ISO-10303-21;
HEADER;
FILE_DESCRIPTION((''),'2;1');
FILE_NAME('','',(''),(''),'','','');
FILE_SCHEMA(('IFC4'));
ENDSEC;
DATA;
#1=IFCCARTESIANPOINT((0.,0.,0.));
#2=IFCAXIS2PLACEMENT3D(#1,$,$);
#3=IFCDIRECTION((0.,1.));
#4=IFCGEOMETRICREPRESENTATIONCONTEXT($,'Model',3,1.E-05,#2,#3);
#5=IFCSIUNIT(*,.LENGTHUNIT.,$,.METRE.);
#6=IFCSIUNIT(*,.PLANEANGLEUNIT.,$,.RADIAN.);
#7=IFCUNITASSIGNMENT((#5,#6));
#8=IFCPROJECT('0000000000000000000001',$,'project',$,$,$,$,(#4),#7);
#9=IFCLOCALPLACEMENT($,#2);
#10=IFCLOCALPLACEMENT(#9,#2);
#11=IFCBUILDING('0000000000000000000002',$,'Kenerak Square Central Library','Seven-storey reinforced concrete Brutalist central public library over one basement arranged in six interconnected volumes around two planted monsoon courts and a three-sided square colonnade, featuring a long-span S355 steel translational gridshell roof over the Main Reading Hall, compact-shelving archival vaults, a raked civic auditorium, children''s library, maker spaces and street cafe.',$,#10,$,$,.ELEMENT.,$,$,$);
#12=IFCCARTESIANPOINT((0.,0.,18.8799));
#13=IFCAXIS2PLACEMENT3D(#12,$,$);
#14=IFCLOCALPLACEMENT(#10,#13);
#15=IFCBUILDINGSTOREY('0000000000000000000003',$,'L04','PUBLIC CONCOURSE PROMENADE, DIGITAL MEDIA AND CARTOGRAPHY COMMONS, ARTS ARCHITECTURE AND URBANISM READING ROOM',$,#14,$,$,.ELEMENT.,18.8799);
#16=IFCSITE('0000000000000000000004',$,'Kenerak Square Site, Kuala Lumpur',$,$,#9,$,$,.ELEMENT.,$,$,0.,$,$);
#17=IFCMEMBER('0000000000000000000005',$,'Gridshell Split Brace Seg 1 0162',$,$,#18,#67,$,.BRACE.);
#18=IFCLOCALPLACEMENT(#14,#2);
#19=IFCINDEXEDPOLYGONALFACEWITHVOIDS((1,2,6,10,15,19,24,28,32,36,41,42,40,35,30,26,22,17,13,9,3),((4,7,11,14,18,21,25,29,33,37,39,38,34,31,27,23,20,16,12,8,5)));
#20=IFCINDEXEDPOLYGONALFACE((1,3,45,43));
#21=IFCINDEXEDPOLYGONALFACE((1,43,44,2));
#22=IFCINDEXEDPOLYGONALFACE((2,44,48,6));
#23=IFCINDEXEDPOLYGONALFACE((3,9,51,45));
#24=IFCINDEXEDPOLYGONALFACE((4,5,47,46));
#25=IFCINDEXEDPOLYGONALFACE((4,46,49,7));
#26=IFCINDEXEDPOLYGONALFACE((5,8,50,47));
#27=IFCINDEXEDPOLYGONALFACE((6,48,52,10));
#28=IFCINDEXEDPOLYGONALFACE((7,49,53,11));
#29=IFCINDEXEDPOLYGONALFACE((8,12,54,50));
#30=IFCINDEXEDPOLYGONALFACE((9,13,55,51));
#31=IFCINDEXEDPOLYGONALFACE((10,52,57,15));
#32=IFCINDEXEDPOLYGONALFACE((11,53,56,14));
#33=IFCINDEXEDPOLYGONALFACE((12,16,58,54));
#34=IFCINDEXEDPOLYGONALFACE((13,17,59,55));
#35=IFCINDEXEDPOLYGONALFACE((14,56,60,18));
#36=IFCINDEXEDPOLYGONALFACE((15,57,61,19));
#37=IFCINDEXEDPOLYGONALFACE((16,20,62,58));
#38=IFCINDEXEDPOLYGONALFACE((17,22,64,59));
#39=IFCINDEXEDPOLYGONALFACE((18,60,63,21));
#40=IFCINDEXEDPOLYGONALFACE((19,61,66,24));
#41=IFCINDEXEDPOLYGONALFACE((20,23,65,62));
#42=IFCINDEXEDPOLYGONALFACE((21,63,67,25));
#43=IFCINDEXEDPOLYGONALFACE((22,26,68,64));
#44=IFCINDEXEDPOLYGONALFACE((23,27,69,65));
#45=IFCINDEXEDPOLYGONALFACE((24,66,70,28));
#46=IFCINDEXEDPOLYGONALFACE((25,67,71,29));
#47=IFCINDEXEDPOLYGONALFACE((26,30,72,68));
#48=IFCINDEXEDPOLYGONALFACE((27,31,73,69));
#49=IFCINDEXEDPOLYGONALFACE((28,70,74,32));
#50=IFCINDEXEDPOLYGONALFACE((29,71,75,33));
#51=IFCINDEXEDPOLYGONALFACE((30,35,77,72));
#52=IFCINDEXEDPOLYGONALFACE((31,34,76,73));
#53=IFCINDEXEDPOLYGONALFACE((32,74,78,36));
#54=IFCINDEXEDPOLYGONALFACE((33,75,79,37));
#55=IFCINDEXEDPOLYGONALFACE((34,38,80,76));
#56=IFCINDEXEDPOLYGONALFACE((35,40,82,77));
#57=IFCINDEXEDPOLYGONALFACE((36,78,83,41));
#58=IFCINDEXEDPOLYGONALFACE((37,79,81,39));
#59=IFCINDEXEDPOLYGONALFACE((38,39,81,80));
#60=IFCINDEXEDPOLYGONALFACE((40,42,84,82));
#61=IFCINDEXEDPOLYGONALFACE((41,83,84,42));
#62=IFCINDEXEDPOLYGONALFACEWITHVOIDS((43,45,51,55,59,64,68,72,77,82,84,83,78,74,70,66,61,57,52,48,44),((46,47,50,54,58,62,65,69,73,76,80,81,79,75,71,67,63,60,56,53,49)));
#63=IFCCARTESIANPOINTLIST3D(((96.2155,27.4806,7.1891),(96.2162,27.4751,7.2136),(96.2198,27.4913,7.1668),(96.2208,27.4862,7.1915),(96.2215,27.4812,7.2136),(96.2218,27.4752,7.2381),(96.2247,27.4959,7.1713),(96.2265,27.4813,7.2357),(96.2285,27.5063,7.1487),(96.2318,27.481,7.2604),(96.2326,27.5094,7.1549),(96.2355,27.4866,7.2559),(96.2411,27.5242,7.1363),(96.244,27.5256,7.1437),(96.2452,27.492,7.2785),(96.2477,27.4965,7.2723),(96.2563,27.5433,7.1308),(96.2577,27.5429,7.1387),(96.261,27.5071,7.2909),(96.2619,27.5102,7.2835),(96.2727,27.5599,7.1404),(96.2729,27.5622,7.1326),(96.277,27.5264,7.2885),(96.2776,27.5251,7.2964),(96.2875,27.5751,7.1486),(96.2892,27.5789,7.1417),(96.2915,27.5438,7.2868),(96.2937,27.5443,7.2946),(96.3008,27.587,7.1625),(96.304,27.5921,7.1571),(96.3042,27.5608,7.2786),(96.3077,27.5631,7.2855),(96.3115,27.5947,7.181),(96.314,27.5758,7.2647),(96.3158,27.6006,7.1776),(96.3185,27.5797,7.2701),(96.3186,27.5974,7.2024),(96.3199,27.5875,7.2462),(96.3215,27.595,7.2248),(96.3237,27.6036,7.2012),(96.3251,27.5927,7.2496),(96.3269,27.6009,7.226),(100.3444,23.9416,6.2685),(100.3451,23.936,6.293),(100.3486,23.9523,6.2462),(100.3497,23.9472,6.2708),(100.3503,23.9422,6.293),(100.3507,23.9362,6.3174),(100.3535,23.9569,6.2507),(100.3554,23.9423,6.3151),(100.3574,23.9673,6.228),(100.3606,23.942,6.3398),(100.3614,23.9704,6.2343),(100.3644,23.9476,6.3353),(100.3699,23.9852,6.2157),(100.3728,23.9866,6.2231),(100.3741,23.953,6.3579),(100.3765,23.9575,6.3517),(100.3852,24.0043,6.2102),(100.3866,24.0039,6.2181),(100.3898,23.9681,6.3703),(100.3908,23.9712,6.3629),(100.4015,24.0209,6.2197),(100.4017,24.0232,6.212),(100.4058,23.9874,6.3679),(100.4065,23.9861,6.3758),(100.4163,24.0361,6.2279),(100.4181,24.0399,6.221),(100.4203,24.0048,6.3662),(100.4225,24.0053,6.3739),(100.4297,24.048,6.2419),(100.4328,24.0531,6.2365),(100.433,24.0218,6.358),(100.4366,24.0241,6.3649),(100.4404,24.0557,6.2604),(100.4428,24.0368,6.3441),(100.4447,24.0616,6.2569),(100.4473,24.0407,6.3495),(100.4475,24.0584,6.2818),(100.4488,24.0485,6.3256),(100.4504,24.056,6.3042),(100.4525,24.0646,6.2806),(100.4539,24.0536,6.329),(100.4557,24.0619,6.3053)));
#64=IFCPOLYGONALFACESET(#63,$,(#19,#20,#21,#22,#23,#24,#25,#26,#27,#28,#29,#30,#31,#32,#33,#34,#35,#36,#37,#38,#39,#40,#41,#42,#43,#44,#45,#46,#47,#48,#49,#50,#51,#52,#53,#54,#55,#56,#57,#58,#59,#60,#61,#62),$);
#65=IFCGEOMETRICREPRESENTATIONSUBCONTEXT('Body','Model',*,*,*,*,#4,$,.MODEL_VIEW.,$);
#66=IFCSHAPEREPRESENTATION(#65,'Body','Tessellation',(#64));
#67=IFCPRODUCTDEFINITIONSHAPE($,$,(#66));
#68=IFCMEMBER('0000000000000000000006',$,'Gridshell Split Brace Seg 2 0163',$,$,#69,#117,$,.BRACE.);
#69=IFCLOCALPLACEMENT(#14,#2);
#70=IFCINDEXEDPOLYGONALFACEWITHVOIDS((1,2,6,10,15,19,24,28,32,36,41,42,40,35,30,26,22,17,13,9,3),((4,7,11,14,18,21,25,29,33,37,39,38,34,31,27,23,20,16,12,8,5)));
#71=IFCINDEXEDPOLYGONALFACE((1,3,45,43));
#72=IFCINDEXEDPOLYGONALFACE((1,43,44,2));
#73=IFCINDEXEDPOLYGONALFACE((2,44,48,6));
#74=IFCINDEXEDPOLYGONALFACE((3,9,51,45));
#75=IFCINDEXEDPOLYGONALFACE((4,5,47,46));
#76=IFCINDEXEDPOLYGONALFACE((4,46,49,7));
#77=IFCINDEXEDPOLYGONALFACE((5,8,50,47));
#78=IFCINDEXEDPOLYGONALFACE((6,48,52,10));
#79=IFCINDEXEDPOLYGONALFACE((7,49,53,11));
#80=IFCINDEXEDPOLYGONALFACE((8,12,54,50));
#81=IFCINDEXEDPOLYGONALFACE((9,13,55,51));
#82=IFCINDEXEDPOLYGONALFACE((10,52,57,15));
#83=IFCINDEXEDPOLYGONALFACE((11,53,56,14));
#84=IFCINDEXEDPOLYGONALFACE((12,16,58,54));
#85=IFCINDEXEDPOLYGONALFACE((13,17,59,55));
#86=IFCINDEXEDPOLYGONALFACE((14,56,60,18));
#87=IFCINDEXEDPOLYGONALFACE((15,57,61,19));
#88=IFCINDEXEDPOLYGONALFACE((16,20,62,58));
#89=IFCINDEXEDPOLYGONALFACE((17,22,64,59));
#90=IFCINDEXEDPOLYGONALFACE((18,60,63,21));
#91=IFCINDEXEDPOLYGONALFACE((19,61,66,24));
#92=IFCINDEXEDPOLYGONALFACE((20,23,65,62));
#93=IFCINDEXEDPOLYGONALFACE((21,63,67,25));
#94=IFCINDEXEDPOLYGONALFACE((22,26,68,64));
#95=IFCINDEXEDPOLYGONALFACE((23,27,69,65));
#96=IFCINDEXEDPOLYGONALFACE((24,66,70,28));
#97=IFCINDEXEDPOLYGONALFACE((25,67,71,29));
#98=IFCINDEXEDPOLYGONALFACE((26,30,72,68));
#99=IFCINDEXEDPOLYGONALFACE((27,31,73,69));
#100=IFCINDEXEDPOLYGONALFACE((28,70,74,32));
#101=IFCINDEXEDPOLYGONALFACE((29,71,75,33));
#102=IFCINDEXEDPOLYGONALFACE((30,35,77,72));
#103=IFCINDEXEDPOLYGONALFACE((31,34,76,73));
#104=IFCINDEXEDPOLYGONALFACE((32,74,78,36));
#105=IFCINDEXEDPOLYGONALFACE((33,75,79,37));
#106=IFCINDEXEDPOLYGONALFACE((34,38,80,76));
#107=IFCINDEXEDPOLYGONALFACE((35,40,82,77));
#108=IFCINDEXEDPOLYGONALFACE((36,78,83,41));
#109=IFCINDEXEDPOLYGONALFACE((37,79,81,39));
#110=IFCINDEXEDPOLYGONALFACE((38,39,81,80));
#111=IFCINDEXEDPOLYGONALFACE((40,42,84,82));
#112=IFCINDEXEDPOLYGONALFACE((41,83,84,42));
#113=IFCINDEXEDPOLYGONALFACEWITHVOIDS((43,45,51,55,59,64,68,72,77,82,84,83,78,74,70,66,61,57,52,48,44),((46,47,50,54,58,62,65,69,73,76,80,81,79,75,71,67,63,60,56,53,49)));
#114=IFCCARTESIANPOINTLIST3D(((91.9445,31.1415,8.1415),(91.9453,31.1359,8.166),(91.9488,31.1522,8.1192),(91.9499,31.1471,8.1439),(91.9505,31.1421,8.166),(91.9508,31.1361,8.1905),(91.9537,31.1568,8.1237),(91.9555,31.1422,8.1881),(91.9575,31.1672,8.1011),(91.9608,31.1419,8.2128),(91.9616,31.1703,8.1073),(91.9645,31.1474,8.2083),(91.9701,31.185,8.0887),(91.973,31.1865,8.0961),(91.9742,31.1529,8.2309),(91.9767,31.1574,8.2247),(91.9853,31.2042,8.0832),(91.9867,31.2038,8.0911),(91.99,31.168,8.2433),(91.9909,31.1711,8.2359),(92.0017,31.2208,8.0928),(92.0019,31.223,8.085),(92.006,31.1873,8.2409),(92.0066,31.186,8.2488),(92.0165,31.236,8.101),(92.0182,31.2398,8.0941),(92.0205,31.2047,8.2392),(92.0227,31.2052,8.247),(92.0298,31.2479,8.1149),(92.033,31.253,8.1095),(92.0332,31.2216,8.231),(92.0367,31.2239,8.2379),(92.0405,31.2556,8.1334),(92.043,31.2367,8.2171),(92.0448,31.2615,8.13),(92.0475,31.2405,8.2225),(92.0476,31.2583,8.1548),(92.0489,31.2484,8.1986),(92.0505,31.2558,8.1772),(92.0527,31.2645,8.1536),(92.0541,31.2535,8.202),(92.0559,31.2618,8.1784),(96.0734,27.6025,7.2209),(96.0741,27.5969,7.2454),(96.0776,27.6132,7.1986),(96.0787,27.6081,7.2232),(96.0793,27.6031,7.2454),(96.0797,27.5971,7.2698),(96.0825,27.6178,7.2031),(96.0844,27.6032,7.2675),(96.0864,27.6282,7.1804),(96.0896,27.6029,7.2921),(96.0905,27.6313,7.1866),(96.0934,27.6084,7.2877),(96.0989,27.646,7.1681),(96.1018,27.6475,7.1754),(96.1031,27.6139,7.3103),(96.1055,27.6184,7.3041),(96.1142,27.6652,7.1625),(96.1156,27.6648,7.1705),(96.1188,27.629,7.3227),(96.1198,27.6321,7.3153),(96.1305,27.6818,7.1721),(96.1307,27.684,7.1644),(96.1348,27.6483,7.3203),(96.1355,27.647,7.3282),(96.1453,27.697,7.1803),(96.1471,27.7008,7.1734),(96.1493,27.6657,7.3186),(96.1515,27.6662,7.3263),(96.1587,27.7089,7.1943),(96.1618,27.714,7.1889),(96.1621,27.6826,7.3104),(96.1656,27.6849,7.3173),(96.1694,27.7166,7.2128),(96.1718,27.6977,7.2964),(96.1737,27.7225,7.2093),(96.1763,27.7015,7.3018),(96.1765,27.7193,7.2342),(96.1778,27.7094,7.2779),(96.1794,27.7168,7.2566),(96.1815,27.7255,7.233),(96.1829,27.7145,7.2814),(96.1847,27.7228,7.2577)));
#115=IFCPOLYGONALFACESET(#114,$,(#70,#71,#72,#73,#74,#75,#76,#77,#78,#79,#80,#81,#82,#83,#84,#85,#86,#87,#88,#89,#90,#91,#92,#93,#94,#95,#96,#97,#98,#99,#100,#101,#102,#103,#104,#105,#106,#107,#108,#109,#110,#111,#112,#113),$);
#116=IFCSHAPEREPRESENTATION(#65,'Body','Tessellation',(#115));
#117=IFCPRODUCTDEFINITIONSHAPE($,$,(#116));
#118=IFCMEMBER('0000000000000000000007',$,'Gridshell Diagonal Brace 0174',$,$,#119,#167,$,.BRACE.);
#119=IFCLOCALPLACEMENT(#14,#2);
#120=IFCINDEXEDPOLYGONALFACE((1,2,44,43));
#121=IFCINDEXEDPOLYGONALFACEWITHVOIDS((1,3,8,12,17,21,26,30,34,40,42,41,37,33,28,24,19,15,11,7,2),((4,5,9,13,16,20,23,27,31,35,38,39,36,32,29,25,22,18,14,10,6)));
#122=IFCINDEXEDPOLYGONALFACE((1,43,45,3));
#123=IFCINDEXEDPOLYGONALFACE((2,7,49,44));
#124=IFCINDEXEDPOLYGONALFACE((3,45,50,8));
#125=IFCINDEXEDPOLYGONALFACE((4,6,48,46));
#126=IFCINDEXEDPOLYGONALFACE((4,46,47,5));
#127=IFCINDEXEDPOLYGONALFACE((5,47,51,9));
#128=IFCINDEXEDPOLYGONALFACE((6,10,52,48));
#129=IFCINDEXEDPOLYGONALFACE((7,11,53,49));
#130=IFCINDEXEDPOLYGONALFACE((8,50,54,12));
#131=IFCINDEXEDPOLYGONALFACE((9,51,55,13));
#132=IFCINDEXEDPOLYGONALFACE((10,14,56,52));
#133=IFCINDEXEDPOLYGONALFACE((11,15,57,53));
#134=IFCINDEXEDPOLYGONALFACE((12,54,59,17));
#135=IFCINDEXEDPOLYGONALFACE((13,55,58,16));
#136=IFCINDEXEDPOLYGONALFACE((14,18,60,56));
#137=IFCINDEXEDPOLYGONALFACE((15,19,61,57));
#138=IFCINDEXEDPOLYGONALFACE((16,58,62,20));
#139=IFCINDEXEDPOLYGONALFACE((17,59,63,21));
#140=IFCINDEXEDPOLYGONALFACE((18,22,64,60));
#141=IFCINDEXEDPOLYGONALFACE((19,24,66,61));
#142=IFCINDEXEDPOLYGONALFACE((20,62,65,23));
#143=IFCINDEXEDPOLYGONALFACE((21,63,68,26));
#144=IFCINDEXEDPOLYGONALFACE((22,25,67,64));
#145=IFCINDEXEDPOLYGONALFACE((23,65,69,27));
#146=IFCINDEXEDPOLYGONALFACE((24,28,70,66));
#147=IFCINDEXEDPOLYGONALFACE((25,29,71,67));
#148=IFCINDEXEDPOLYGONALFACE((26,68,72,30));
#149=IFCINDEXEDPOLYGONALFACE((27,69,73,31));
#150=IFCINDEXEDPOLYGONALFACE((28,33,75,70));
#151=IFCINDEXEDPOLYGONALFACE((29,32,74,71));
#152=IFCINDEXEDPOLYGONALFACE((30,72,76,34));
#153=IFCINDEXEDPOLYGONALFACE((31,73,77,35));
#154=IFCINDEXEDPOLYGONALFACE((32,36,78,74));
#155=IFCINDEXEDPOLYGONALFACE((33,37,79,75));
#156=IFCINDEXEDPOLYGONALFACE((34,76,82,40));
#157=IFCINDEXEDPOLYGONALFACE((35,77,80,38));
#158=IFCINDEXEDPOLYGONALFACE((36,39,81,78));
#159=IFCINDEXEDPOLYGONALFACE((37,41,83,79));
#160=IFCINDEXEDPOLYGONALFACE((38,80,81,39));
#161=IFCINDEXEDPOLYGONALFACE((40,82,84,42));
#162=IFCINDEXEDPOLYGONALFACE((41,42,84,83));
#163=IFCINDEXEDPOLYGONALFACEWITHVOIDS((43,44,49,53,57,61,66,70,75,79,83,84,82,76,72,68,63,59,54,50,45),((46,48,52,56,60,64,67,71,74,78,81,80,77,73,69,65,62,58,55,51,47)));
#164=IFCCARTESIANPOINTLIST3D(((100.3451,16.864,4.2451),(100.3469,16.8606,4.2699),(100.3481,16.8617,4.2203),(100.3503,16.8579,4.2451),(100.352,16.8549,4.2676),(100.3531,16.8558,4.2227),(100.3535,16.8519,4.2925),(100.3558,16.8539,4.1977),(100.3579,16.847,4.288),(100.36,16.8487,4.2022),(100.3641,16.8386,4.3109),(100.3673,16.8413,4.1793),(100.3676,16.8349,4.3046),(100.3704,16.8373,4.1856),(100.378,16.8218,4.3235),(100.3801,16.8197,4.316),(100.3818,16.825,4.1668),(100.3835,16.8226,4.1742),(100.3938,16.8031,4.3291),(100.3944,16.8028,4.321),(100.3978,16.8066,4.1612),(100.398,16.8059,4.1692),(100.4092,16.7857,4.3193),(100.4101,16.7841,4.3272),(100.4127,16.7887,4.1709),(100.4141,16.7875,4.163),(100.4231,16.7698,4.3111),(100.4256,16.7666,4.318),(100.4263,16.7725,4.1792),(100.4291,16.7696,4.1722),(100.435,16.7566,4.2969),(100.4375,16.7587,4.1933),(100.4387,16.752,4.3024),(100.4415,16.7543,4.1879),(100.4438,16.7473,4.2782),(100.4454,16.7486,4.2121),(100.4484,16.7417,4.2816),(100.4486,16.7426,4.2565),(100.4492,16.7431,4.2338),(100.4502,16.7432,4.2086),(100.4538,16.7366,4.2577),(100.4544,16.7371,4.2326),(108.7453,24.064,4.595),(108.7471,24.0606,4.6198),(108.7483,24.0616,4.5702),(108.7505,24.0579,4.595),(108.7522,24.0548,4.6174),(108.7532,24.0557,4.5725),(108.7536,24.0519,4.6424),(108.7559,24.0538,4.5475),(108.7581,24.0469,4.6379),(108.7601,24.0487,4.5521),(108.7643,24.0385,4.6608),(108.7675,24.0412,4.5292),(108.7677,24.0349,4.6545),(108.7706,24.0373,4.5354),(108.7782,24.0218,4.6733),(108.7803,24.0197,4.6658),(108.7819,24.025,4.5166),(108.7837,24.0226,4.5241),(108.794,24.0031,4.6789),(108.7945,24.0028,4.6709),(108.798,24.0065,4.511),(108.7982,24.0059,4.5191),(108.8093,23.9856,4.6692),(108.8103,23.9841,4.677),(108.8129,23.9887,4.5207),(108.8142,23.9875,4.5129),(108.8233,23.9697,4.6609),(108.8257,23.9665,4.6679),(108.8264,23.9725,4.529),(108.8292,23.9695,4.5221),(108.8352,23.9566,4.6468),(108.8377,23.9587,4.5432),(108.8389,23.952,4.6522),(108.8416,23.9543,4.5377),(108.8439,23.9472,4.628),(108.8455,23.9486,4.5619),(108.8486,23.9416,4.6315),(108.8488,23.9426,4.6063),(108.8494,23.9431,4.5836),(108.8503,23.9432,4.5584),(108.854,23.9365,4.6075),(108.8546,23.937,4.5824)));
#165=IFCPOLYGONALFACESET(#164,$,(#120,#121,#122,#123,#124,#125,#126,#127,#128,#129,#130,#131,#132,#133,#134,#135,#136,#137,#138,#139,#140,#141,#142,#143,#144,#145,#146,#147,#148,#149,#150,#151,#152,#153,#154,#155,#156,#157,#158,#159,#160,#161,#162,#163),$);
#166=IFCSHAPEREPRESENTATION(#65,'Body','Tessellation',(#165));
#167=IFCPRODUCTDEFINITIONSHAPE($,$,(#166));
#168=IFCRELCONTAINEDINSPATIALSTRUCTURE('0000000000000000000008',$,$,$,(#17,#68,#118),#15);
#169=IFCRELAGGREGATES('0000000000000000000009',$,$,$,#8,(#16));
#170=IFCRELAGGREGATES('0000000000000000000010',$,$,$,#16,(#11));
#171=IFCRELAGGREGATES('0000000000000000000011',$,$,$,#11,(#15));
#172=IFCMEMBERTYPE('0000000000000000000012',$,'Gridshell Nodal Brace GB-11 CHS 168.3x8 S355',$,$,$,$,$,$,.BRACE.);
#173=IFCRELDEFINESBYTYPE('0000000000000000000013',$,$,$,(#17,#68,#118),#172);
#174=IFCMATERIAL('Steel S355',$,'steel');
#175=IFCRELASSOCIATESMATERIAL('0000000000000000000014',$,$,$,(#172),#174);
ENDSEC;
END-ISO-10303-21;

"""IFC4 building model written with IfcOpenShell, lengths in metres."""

from ifc_helpers import new_model, si_unit, direction, frame, origin, origin_2d, place, context, subcontext, project, spatial, hollow_circle, extrude, material, material_profile, profile_set, type_object, element, save


model = new_model("IFC4")

# Units and contexts
model_context = context("Model", 3, precision=1e-05, world=origin(), true_north=direction((0.0, 1.0)))
body_context = subcontext(model_context, "Body", "Model", "MODEL_VIEW")
ifc_project = project(units=[si_unit("LENGTHUNIT", "METRE"), si_unit("PLANEANGLEUNIT", "RADIAN")], contexts=[model_context])

# Site, building, storey
site_placement = place(None, origin())
site = spatial("IfcSite", under=ifc_project, at=site_placement, Name="Kenerak Square Site, Kuala Lumpur", CompositionType="ELEMENT", RefElevation=0.0)
building_placement = place(site_placement, origin())
building = spatial("IfcBuilding", under=site, at=building_placement, Name="Kenerak Square Central Library", Description="Seven-storey reinforced concrete Brutalist central public library over one basement arranged in six interconnected volumes around two planted monsoon courts and a three-sided square colonnade, featuring a long-span S355 steel translational gridshell roof over the Main Reading Hall, compact-shelving archival vaults, a raked civic auditorium, children's library, maker spaces and street cafe.", CompositionType="ELEMENT")
storey_placement = place(building_placement, frame((0.0, 0.0, 18.8799)))
storey = spatial("IfcBuildingStorey", under=building, at=storey_placement, Name="L04", Description="PUBLIC CONCOURSE PROMENADE, DIGITAL MEDIA AND CARTOGRAPHY COMMONS, ARTS ARCHITECTURE AND URBANISM READING ROOM", CompositionType="ELEMENT", Elevation=18.8799)

# Members
ifc_material = material(Name="Steel S355", Category="steel")
ifc_material_profile_1 = material_profile(ifc_material, hollow_circle(Radius=0.0842, WallThickness=0.0081, at=origin_2d()), Name="CHS 168.3x8.0")
ifc_profile_set_1 = profile_set([ifc_material_profile_1], Name="Steel S355")
member_type_1 = type_object("IfcMemberType", Name="Gridshell Nodal Brace GB-11 CHS 168.3x8 S355", PredefinedType="BRACE", material=ifc_profile_set_1)
for number, where, z_axis, x_axis, name in (
    (1, (100.3999, 24.0, 6.293), (-0.748604, 0.641661, 0.166922), (-0.650791, -0.759257, 0.0), "Gridshell Split Brace Seg 1 0162"),
    (2, (96.1289, 27.6609, 7.2454), (-0.748604, 0.641661, 0.166922), (-0.650791, -0.759257, 0.0), "Gridshell Split Brace Seg 2 0163"),
):
    element("IfcMember", number, at=place(storey_placement, frame(where, z_axis=z_axis, x_axis=x_axis)), inside=storey, type_object=member_type_1, Name=name, PredefinedType="BRACE", context=body_context, shape_type="SweptSolid", body=[
        extrude(hollow_circle(Radius=0.0842, WallThickness=0.0081, at=origin_2d()), origin(), (0.0, 0.0, 1.0), 5.5154),
    ])
member_1_placement = place(storey_placement, frame((100.3999, 16.8, 4.2451), z_axis=(0.758885, 0.650457, 0.031606), x_axis=(-0.650782, 0.759264, 0.0)))
element("IfcMember", 3, at=member_1_placement, inside=storey, type_object=member_type_1, Name="Gridshell Diagonal Brace 0174", PredefinedType="BRACE", context=body_context, shape_type="SweptSolid", body=[
    extrude(hollow_circle(Radius=0.0842, WallThickness=0.0081, at=origin_2d()), origin(), (0.0, 0.0, 1.0), 11.0691),
])

save(model, "model.ifc")
